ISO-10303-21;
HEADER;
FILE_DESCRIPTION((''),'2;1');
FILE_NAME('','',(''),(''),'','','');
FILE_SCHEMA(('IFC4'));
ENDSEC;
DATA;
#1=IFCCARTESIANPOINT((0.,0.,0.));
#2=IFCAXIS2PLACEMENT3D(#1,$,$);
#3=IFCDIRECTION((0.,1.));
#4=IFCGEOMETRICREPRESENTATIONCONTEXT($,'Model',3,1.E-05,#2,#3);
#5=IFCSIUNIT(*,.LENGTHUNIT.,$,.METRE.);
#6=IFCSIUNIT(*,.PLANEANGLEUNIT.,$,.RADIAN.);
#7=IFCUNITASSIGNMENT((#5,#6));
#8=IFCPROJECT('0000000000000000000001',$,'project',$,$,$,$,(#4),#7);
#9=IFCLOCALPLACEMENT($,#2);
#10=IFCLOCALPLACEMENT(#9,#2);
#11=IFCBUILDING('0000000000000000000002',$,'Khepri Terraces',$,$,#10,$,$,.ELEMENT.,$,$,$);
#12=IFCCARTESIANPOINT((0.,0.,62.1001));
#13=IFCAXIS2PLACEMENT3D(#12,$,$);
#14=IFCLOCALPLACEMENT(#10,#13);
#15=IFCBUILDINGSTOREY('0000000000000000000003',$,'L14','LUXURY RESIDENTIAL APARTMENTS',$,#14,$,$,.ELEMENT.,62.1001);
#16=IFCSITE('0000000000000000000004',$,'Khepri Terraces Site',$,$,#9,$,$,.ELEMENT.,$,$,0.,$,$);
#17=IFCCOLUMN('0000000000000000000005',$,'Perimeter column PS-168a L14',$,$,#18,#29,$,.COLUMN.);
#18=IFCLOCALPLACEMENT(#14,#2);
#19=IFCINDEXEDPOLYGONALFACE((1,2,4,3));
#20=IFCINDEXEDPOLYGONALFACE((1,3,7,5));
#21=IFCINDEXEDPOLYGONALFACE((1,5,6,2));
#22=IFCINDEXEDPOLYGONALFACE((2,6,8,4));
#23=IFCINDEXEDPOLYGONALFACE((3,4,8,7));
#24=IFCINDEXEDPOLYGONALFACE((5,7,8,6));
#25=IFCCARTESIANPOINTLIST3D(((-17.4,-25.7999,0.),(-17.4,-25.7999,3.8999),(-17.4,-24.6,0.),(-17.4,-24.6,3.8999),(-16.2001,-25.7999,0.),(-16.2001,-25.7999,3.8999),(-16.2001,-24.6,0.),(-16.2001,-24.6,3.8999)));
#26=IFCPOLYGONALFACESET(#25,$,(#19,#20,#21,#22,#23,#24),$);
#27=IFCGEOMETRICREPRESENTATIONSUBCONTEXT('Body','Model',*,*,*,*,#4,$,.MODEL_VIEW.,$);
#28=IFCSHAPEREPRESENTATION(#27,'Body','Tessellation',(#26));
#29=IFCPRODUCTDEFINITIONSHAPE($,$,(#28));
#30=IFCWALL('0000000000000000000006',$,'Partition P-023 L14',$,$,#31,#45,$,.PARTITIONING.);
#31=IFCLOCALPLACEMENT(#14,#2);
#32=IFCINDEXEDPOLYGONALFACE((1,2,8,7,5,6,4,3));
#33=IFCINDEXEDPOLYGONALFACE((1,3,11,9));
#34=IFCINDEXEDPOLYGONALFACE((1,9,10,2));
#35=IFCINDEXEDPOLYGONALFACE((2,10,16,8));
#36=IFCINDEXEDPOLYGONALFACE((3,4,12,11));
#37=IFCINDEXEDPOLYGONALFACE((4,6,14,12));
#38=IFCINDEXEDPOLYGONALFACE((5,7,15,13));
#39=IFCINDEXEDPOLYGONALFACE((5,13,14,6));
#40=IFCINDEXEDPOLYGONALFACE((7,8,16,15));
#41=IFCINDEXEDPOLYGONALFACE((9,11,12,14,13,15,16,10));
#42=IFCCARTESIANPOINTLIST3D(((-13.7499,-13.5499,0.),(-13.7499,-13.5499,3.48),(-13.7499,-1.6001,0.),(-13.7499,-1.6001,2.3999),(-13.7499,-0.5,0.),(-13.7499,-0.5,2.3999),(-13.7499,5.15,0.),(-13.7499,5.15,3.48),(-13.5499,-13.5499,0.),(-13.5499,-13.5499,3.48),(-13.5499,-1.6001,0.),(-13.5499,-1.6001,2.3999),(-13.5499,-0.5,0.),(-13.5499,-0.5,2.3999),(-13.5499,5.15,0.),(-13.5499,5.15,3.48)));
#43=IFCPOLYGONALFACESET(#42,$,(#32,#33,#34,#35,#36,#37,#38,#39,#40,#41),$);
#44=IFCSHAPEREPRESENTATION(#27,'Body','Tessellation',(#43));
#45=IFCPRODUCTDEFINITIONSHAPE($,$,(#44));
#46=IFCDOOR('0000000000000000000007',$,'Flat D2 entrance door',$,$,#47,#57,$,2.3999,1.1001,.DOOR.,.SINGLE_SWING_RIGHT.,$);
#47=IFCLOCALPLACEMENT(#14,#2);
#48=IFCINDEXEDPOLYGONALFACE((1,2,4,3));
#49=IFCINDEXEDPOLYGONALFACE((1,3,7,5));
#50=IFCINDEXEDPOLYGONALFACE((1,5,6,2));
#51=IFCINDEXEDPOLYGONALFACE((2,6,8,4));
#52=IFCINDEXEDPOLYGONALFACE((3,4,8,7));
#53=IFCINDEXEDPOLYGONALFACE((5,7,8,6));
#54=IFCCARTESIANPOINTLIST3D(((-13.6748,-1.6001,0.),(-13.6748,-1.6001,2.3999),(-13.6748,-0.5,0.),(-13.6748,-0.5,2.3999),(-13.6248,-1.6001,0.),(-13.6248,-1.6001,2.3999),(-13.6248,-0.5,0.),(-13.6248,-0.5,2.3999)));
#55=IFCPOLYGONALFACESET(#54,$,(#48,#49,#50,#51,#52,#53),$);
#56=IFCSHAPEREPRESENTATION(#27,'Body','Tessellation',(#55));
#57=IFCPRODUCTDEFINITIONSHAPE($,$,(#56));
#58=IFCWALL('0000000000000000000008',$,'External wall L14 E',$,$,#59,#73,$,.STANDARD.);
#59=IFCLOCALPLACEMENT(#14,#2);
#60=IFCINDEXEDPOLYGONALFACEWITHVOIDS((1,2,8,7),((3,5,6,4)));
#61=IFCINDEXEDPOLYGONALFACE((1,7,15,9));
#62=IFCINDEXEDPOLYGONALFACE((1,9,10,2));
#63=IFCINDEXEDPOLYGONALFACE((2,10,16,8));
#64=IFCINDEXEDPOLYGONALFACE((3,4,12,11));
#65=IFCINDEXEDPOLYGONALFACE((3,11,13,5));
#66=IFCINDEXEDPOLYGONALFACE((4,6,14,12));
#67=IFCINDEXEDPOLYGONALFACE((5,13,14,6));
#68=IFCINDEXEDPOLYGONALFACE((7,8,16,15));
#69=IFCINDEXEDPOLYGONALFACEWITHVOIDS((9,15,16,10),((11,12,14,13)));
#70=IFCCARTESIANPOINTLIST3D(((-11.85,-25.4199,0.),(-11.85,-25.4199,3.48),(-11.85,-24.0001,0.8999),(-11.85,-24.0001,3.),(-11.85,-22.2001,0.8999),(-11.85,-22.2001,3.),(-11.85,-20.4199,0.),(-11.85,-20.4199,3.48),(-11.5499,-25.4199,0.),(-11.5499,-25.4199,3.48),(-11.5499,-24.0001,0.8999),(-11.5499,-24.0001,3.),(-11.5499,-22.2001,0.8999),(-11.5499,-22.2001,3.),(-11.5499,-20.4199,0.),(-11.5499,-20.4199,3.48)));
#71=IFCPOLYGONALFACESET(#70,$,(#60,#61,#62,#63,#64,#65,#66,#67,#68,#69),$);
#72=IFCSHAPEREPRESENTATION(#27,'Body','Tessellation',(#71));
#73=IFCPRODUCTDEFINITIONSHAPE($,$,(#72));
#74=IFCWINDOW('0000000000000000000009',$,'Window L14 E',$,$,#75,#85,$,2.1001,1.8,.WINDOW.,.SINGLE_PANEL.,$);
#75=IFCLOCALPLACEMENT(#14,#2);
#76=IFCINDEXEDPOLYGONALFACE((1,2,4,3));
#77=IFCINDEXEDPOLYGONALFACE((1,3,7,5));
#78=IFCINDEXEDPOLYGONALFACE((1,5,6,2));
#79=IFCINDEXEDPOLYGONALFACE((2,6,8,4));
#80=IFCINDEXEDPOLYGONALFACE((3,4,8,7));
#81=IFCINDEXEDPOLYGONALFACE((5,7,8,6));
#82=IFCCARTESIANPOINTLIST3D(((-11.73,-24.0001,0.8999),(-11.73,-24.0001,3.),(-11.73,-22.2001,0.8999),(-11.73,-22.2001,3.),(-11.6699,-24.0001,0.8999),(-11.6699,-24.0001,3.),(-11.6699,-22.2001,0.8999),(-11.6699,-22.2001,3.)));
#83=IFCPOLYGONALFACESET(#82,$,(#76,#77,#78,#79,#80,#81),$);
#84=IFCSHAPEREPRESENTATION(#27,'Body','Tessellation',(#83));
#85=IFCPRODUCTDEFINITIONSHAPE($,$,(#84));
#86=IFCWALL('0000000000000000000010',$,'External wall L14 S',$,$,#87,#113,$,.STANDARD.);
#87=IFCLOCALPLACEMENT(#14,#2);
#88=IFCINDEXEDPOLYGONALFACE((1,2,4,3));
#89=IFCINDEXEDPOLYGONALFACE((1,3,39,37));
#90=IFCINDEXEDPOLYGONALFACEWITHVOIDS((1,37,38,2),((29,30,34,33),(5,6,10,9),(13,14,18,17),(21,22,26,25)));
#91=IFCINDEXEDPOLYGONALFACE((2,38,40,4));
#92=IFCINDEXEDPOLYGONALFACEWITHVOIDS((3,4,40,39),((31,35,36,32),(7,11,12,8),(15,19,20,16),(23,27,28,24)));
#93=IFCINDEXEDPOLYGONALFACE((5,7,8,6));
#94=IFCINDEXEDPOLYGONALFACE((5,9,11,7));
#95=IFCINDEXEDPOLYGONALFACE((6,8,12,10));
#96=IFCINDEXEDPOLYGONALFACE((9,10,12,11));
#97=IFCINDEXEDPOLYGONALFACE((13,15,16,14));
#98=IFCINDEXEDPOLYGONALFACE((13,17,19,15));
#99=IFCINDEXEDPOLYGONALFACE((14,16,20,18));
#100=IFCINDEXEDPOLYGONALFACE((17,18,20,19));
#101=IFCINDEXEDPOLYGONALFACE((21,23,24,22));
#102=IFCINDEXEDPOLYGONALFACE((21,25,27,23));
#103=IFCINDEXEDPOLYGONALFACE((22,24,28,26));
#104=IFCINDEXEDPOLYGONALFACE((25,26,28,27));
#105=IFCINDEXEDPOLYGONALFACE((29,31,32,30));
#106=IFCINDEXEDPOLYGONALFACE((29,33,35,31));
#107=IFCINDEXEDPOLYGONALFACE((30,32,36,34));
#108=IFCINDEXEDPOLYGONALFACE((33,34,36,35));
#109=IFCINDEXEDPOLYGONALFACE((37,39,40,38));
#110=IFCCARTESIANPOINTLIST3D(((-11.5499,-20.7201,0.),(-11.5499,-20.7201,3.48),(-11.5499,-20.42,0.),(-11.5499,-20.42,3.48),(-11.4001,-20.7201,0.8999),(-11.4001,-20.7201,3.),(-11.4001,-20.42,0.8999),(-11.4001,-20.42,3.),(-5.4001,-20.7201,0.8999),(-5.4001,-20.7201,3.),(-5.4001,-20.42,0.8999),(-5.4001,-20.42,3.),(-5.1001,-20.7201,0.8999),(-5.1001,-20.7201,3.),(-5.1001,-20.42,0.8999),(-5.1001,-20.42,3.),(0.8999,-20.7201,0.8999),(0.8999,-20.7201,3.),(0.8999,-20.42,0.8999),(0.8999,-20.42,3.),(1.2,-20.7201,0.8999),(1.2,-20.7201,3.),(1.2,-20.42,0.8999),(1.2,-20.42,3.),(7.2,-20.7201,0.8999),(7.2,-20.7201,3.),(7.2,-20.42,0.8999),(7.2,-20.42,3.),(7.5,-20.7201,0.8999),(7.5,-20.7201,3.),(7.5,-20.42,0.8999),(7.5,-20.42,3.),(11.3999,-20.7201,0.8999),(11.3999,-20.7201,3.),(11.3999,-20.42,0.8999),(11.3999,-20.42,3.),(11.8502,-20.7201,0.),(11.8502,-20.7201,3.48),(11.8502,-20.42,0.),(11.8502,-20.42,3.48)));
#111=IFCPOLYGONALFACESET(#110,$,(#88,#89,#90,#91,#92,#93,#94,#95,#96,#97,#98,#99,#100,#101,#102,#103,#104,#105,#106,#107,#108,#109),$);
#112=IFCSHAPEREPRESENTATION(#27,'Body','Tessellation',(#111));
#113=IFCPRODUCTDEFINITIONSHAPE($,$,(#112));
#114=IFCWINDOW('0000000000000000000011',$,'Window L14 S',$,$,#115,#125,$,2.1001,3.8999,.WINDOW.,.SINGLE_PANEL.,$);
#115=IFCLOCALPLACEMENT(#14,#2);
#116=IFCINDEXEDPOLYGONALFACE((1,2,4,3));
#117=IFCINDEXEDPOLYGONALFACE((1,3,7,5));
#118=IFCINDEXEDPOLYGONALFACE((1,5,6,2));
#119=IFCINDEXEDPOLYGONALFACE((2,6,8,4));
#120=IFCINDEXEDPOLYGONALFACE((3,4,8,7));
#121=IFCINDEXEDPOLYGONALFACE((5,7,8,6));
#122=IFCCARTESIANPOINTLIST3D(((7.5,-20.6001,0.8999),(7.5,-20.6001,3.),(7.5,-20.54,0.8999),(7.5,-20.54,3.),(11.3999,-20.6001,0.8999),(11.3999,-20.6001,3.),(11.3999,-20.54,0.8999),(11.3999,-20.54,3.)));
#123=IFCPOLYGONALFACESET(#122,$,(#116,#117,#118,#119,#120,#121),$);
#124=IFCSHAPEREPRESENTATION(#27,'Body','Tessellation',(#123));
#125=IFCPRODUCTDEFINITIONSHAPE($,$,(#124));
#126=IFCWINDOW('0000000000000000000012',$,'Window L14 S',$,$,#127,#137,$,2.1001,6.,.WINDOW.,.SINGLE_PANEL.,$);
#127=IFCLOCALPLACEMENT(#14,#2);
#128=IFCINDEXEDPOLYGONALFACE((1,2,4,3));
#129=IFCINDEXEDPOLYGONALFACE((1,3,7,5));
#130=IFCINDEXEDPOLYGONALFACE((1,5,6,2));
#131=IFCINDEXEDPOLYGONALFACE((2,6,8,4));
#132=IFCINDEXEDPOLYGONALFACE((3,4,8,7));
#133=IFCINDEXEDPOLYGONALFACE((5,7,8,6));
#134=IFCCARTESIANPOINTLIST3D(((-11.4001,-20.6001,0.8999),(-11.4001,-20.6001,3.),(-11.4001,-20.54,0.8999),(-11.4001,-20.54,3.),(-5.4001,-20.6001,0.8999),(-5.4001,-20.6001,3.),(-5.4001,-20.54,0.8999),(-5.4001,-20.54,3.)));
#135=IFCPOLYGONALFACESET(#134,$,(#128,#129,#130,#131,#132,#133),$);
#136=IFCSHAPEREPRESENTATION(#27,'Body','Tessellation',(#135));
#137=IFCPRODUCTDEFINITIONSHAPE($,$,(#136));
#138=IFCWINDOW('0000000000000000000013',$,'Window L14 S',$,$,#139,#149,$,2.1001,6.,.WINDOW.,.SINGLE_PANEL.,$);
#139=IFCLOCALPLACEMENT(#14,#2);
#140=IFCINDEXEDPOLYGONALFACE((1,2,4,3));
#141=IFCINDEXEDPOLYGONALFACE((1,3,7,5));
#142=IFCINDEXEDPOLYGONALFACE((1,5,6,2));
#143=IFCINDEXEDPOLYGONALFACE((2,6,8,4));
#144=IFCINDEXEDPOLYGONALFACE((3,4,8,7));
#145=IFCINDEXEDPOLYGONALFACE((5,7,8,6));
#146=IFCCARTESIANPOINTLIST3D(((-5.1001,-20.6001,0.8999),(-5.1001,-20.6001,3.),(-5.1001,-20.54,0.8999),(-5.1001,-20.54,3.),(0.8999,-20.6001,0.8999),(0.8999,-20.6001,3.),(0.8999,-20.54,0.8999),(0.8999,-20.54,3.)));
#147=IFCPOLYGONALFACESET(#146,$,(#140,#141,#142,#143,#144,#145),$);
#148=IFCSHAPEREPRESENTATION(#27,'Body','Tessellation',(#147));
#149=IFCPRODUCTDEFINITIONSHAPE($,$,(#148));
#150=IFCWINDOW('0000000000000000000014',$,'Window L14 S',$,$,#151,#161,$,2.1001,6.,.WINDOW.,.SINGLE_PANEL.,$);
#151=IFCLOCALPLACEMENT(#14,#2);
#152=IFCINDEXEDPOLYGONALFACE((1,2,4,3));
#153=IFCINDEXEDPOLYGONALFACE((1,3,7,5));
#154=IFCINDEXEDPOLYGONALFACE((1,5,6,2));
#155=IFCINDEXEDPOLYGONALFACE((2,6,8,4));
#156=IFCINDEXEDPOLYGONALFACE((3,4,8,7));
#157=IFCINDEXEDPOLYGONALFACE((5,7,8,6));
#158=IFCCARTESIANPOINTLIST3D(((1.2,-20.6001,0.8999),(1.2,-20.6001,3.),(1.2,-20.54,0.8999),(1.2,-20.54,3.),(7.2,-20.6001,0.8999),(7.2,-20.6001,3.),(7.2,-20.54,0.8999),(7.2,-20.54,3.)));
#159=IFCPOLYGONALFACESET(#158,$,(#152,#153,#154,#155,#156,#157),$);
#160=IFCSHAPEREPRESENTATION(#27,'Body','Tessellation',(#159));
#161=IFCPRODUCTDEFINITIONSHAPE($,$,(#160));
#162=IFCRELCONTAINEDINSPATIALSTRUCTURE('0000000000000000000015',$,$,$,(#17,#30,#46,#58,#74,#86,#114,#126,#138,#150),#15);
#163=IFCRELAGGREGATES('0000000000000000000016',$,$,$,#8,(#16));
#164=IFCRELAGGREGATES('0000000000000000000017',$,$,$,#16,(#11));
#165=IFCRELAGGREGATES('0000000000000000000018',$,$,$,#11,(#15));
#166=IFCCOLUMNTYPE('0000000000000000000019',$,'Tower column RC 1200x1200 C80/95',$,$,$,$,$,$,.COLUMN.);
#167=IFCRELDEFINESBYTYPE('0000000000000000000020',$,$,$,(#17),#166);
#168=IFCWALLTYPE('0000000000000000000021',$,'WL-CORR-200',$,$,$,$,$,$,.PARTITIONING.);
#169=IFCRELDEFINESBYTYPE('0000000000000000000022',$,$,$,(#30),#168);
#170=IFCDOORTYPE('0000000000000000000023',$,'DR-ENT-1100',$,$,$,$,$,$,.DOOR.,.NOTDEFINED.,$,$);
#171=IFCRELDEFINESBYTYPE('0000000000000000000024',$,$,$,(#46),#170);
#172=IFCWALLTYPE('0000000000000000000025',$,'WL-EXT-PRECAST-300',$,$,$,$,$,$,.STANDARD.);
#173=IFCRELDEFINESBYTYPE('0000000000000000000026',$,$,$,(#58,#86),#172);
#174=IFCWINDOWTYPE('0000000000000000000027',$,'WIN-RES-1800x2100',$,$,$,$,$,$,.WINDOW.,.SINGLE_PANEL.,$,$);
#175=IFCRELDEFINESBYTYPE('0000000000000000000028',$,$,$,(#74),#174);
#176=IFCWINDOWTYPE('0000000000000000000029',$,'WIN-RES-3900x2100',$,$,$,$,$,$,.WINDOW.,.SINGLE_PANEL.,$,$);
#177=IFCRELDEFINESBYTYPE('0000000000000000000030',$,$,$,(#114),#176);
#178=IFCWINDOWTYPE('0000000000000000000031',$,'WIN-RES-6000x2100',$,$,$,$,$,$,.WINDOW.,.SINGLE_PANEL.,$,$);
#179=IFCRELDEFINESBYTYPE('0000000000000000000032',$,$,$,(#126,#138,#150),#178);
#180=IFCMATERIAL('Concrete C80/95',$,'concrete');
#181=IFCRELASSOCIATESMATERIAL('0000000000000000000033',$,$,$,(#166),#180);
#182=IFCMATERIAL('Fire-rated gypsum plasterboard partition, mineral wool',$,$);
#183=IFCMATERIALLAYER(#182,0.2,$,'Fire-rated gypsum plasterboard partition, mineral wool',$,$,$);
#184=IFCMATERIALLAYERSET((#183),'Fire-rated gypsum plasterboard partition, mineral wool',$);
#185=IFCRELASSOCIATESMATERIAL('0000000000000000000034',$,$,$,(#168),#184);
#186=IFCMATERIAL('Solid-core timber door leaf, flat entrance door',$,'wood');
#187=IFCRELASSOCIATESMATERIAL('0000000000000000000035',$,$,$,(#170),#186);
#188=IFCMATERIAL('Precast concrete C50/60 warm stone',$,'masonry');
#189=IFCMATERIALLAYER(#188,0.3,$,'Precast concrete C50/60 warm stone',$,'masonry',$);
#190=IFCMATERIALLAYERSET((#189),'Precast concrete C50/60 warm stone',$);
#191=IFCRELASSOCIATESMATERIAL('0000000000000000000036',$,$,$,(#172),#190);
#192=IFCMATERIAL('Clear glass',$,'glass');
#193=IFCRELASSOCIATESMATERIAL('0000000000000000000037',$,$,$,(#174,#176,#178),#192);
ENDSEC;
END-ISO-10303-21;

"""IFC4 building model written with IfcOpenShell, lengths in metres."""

from ifc_helpers import new_model, si_unit, direction, frame, frame_2d, origin, origin_2d, place, context, subcontext, project, spatial, rectangle, extrude, material, layer, layer_set, material_profile, profile_set, type_object, element, fill, save


model = new_model("IFC4")

# Units and contexts
model_context = context("Model", 3, precision=1e-05, world=origin(), true_north=direction((0.0, 1.0)))
body_context = subcontext(model_context, "Body", "Model", "MODEL_VIEW")
ifc_project = project(units=[si_unit("LENGTHUNIT", "METRE"), si_unit("PLANEANGLEUNIT", "RADIAN")], contexts=[model_context])

# Site, building, storey
site_placement = place(None, origin())
site = spatial("IfcSite", under=ifc_project, at=site_placement, Name="Khepri Terraces Site", CompositionType="ELEMENT", RefElevation=0.0)
building_placement = place(site_placement, origin())
building = spatial("IfcBuilding", under=site, at=building_placement, Name="Khepri Terraces", CompositionType="ELEMENT")
storey_placement = place(building_placement, frame((0.0, 0.0, 62.1001)))
storey = spatial("IfcBuildingStorey", under=building, at=storey_placement, Name="L14", Description="LUXURY RESIDENTIAL APARTMENTS", CompositionType="ELEMENT", Elevation=62.1001)

# Column
ifc_material_1 = material(Name="Concrete C80/95", Category="concrete")
ifc_material_profile = material_profile(ifc_material_1, rectangle(XDim=1.2, YDim=1.2, at=origin_2d()), Name="Concrete C80/95", Category="concrete")
ifc_profile_set = profile_set([ifc_material_profile], Name="Concrete C80/95")
column_type = type_object("IfcColumnType", Name="Tower column RC 1200x1200 C80/95", PredefinedType="COLUMN", material=ifc_profile_set)
column_placement = place(storey_placement, frame((-16.8, -25.2, 0.0), z_axis=(0.0, 0.0, 1.0), x_axis=(1.0, 0.0, 0.0)))
element("IfcColumn", 1, at=column_placement, inside=storey, type_object=column_type, Name="Perimeter column PS-168a L14", PredefinedType="COLUMN", context=body_context, shape_type="SweptSolid", body=[
    extrude(rectangle(XDim=1.2, YDim=1.2, at=origin_2d()), origin(), (0.0, 0.0, 1.0), 3.8999),
])

# Wall, opening, door
ifc_material_2 = material(Name="Fire-rated gypsum plasterboard partition, mineral wool")
ifc_layer_1 = layer(ifc_material_2, 0.2, Name="Fire-rated gypsum plasterboard partition, mineral wool")
ifc_layer_set_1 = layer_set([ifc_layer_1], Name="Fire-rated gypsum plasterboard partition, mineral wool")
wall_type_1 = type_object("IfcWallType", Name="WL-CORR-200", PredefinedType="PARTITIONING", material=ifc_layer_set_1)
wall_1_placement = place(storey_placement, frame((-13.6499, -13.55, 0.0), z_axis=(0.0, 0.0, 1.0), x_axis=(0.0, 1.0, 0.0)))
wall_1 = element("IfcWall", 2, at=wall_1_placement, inside=storey, type_object=wall_type_1, Name="Partition P-023 L14", PredefinedType="PARTITIONING", context=body_context, shape_type="SweptSolid", body=[
    extrude(rectangle(XDim=18.7, YDim=0.2, at=frame_2d((9.3501, 0.0))), origin(), (0.0, 0.0, 1.0), 3.48),
])
opening_1_placement = place(wall_1_placement, frame((11.95, 0.0, 0.0)))
opening_1 = element("IfcOpeningElement", 3, at=opening_1_placement, cuts=wall_1, PredefinedType="OPENING", context=body_context, shape_type="SweptSolid", body=[
    extrude(rectangle(XDim=1.1001, YDim=2.3999, at=frame_2d((0.55, 1.2))), frame((0.0, 0.1099, 0.0), z_axis=(0.0, -1.0, 0.0), x_axis=(1.0, 0.0, 0.0)), (0.0, 0.0, 1.0), 0.22),
])
ifc_material_3 = material(Name="Solid-core timber door leaf, flat entrance door", Category="wood")
door_type_1 = type_object("IfcDoorType", Name="DR-ENT-1100", OperationType="NOTDEFINED", PredefinedType="DOOR", material=ifc_material_3)
door_1_placement = place(opening_1_placement, origin())
door_1 = element("IfcDoor", 4, at=door_1_placement, inside=storey, type_object=door_type_1, Name="Flat D2 entrance door", OperationType="SINGLE_SWING_RIGHT", OverallHeight=2.3999, OverallWidth=1.1001, PredefinedType="DOOR", context=body_context, shape_type="SweptSolid", body=[
    extrude(rectangle(XDim=1.1001, YDim=2.3999, at=frame_2d((0.55, 1.2))), frame((0.0, 0.0249, 0.0), z_axis=(0.0, -1.0, 0.0), x_axis=(1.0, 0.0, 0.0)), (0.0, 0.0, 1.0), 0.05),
])
fill(opening_1, door_1)
ifc_material_4 = material(Name="Precast concrete C50/60 warm stone", Category="masonry")
ifc_layer_2 = layer(ifc_material_4, 0.3, Name="Precast concrete C50/60 warm stone", Category="masonry")
ifc_layer_set_2 = layer_set([ifc_layer_2], Name="Precast concrete C50/60 warm stone")
wall_type_2 = type_object("IfcWallType", Name="WL-EXT-PRECAST-300", PredefinedType="STANDARD", material=ifc_layer_set_2)

# Wall, opening, window
wall_2_placement = place(storey_placement, frame((-11.7, -25.4199, 0.0), z_axis=(0.0, 0.0, 1.0), x_axis=(0.0, 1.0, 0.0)))
wall_2 = element("IfcWall", 5, at=wall_2_placement, inside=storey, type_object=wall_type_2, Name="External wall L14 E", PredefinedType="STANDARD", context=body_context, shape_type="SweptSolid", body=[
    extrude(rectangle(XDim=5.0, YDim=0.3, at=frame_2d((2.5, 0.0))), origin(), (0.0, 0.0, 1.0), 3.48),
])
opening_2_placement = place(wall_2_placement, frame((1.4199, 0.0, 0.8999)))
opening_2 = element("IfcOpeningElement", 6, at=opening_2_placement, cuts=wall_2, PredefinedType="OPENING", context=body_context, shape_type="SweptSolid", body=[
    extrude(rectangle(XDim=1.8, YDim=2.1001, at=frame_2d((0.8999, 1.05))), frame((0.0, 0.1602, 0.0), z_axis=(0.0, -1.0, 0.0), x_axis=(1.0, 0.0, 0.0)), (0.0, 0.0, 1.0), 0.3201),
])
ifc_material_5 = material(Name="Clear glass", Category="glass")
window_type_1 = type_object("IfcWindowType", Name="WIN-RES-1800x2100", PartitioningType="SINGLE_PANEL", PredefinedType="WINDOW", material=ifc_material_5)
window_1_placement = place(opening_2_placement, origin())
window_1 = element("IfcWindow", 7, at=window_1_placement, inside=storey, type_object=window_type_1, Name="Window L14 E", OverallHeight=2.1001, OverallWidth=1.8, PartitioningType="SINGLE_PANEL", PredefinedType="WINDOW", context=body_context, shape_type="SweptSolid", body=[
    extrude(rectangle(XDim=1.8, YDim=2.1001, at=frame_2d((0.8999, 1.05))), frame((0.0, 0.03, 0.0), z_axis=(0.0, -1.0, 0.0), x_axis=(1.0, 0.0, 0.0)), (0.0, 0.0, 1.0), 0.0601),
])
fill(opening_2, window_1)

# Wall, openings, windows
wall_3_placement = place(storey_placement, frame((-11.55, -20.5701, 0.0), z_axis=(0.0, 0.0, 1.0), x_axis=(1.0, 0.0, 0.0)))
wall_3 = element("IfcWall", 8, at=wall_3_placement, inside=storey, type_object=wall_type_2, Name="External wall L14 S", PredefinedType="STANDARD", context=body_context, shape_type="SweptSolid", body=[
    extrude(rectangle(XDim=23.4001, YDim=0.3, at=frame_2d((11.7002, 0.0))), origin(), (0.0, 0.0, 1.0), 3.48),
])
opening_3_placement = place(wall_3_placement, frame((0.1499, 0.0, 0.8999)))
opening_3 = element("IfcOpeningElement", 9, at=opening_3_placement, cuts=wall_3, PredefinedType="OPENING", context=body_context, shape_type="SweptSolid", body=[
    extrude(rectangle(XDim=6.0, YDim=2.1001, at=frame_2d((3.0, 1.05))), frame((0.0, 0.1602, 0.0), z_axis=(0.0, -1.0, 0.0), x_axis=(1.0, 0.0, 0.0)), (0.0, 0.0, 1.0), 0.3201),
])
opening_4_placement = place(wall_3_placement, frame((6.45, 0.0, 0.8999)))
opening_4 = element("IfcOpeningElement", 10, at=opening_4_placement, cuts=wall_3, PredefinedType="OPENING", context=body_context, shape_type="SweptSolid", body=[
    extrude(rectangle(XDim=6.0, YDim=2.1001, at=frame_2d((3.0, 1.05))), frame((0.0, 0.1602, 0.0), z_axis=(0.0, -1.0, 0.0), x_axis=(1.0, 0.0, 0.0)), (0.0, 0.0, 1.0), 0.3201),
])
opening_5_placement = place(wall_3_placement, frame((12.75, 0.0, 0.8999)))
opening_5 = element("IfcOpeningElement", 11, at=opening_5_placement, cuts=wall_3, PredefinedType="OPENING", context=body_context, shape_type="SweptSolid", body=[
    extrude(rectangle(XDim=6.0, YDim=2.1001, at=frame_2d((3.0, 1.05))), frame((0.0, 0.1602, 0.0), z_axis=(0.0, -1.0, 0.0), x_axis=(1.0, 0.0, 0.0)), (0.0, 0.0, 1.0), 0.3201),
])
opening_6_placement = place(wall_3_placement, frame((19.05, 0.0, 0.8999)))
opening_6 = element("IfcOpeningElement", 12, at=opening_6_placement, cuts=wall_3, PredefinedType="OPENING", context=body_context, shape_type="SweptSolid", body=[
    extrude(rectangle(XDim=3.8999, YDim=2.1001, at=frame_2d((1.95, 1.05))), frame((0.0, 0.1602, 0.0), z_axis=(0.0, -1.0, 0.0), x_axis=(1.0, 0.0, 0.0)), (0.0, 0.0, 1.0), 0.3201),
])
window_type_2 = type_object("IfcWindowType", Name="WIN-RES-3900x2100", PartitioningType="SINGLE_PANEL", PredefinedType="WINDOW", material=ifc_material_5)
window_2_placement = place(opening_6_placement, origin())
window_2 = element("IfcWindow", 13, at=window_2_placement, inside=storey, type_object=window_type_2, Name="Window L14 S", OverallHeight=2.1001, OverallWidth=3.8999, PartitioningType="SINGLE_PANEL", PredefinedType="WINDOW", context=body_context, shape_type="SweptSolid", body=[
    extrude(rectangle(XDim=3.8999, YDim=2.1001, at=frame_2d((1.95, 1.05))), frame((0.0, 0.03, 0.0), z_axis=(0.0, -1.0, 0.0), x_axis=(1.0, 0.0, 0.0)), (0.0, 0.0, 1.0), 0.0601),
])
fill(opening_6, window_2)
window_type_3 = type_object("IfcWindowType", Name="WIN-RES-6000x2100", PartitioningType="SINGLE_PANEL", PredefinedType="WINDOW", material=ifc_material_5)
window_3_placement = place(opening_3_placement, origin())
window_3 = element("IfcWindow", 14, at=window_3_placement, inside=storey, type_object=window_type_3, Name="Window L14 S", OverallHeight=2.1001, OverallWidth=6.0, PartitioningType="SINGLE_PANEL", PredefinedType="WINDOW", context=body_context, shape_type="SweptSolid", body=[
    extrude(rectangle(XDim=6.0, YDim=2.1001, at=frame_2d((3.0, 1.05))), frame((0.0, 0.03, 0.0), z_axis=(0.0, -1.0, 0.0), x_axis=(1.0, 0.0, 0.0)), (0.0, 0.0, 1.0), 0.0601),
])
fill(opening_3, window_3)
window_4_placement = place(opening_4_placement, origin())
window_4 = element("IfcWindow", 15, at=window_4_placement, inside=storey, type_object=window_type_3, Name="Window L14 S", OverallHeight=2.1001, OverallWidth=6.0, PartitioningType="SINGLE_PANEL", PredefinedType="WINDOW", context=body_context, shape_type="SweptSolid", body=[
    extrude(rectangle(XDim=6.0, YDim=2.1001, at=frame_2d((3.0, 1.05))), frame((0.0, 0.03, 0.0), z_axis=(0.0, -1.0, 0.0), x_axis=(1.0, 0.0, 0.0)), (0.0, 0.0, 1.0), 0.0601),
])
fill(opening_4, window_4)
window_5_placement = place(opening_5_placement, origin())
window_5 = element("IfcWindow", 16, at=window_5_placement, inside=storey, type_object=window_type_3, Name="Window L14 S", OverallHeight=2.1001, OverallWidth=6.0, PartitioningType="SINGLE_PANEL", PredefinedType="WINDOW", context=body_context, shape_type="SweptSolid", body=[
    extrude(rectangle(XDim=6.0, YDim=2.1001, at=frame_2d((3.0, 1.05))), frame((0.0, 0.03, 0.0), z_axis=(0.0, -1.0, 0.0), x_axis=(1.0, 0.0, 0.0)), (0.0, 0.0, 1.0), 0.0601),
])
fill(opening_5, window_5)

save(model, "model.ifc")
